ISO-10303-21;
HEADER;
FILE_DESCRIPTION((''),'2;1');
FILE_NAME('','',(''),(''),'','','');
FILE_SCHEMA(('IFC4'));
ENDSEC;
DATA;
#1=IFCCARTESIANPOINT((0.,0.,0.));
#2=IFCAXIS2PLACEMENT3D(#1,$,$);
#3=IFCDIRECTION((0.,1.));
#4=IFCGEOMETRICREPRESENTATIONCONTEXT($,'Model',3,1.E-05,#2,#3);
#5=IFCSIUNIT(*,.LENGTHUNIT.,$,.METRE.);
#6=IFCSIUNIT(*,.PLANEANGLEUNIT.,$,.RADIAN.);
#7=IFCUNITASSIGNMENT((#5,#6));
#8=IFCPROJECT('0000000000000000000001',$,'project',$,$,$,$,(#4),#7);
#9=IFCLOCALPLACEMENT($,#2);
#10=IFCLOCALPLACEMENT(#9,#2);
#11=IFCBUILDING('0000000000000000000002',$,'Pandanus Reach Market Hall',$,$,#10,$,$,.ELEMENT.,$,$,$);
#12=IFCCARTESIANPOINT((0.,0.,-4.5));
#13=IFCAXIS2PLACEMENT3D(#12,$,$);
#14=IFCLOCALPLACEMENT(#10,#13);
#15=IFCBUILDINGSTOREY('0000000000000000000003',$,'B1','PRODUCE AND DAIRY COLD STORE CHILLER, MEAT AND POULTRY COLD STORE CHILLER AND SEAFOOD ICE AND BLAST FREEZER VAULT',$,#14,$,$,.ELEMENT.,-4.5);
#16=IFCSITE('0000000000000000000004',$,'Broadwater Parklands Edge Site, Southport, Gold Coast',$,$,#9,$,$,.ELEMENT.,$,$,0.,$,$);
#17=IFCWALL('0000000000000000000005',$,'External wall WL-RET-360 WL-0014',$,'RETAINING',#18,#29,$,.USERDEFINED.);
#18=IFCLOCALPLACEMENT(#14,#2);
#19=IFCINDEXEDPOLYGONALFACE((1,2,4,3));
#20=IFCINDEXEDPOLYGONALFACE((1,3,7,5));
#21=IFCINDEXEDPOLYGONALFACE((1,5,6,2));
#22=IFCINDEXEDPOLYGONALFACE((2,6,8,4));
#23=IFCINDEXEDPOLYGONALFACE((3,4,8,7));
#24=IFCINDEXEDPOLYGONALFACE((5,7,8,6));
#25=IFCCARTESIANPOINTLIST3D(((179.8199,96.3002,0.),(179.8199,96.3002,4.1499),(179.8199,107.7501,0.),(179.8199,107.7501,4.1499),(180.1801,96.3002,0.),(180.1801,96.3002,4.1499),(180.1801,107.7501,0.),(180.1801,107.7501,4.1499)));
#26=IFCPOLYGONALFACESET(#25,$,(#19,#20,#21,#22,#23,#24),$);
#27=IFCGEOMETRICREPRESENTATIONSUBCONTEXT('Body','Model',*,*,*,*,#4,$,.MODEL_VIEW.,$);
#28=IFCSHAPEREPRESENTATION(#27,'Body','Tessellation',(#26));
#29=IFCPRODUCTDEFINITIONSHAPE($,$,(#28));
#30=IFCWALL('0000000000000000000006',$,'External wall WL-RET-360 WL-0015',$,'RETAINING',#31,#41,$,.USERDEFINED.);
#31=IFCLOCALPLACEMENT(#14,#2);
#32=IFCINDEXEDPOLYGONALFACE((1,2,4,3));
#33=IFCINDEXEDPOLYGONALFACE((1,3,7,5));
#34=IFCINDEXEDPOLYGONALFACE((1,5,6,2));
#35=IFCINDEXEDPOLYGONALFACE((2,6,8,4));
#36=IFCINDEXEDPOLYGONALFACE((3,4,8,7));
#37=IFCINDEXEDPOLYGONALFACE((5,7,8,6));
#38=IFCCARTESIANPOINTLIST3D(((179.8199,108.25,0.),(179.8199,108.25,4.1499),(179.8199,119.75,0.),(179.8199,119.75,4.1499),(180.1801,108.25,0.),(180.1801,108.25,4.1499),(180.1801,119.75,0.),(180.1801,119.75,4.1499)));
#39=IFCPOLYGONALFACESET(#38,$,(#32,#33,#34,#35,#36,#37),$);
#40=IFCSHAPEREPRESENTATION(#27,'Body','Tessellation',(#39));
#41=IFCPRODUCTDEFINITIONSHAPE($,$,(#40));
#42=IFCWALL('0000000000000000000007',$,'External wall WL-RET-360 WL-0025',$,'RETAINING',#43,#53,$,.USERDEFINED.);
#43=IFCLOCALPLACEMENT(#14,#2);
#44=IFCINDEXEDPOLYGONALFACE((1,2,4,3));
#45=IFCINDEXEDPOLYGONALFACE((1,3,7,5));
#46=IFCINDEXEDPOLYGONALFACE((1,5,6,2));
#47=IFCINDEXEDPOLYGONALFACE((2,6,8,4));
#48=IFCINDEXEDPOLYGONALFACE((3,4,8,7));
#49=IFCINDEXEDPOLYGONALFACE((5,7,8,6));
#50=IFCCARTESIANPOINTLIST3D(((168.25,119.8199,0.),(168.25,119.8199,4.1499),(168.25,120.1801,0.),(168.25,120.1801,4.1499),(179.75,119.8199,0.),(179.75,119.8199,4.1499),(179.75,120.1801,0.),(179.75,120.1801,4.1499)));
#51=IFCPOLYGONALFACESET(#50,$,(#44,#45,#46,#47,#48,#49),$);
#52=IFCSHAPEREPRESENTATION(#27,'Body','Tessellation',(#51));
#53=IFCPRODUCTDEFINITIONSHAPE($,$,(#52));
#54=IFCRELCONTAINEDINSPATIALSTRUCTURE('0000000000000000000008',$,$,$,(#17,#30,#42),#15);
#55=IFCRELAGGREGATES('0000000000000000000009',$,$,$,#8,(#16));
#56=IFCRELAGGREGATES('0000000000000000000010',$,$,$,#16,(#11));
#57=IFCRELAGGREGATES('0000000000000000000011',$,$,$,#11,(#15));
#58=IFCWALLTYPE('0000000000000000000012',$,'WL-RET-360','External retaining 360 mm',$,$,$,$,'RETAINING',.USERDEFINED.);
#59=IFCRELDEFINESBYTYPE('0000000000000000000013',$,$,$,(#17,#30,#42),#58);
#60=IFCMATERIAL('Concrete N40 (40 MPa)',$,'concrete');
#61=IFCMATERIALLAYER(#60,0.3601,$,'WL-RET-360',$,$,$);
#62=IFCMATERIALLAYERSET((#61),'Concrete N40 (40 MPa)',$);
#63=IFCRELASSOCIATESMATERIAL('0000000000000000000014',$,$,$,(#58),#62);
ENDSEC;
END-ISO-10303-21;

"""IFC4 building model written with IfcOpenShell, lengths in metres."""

from ifc_helpers import new_model, si_unit, direction, frame, frame_2d, origin, place, context, subcontext, project, spatial, rectangle, extrude, material, layer, layer_set, type_object, element, save


model = new_model("IFC4")

# Units and contexts
model_context = context("Model", 3, precision=1e-05, world=origin(), true_north=direction((0.0, 1.0)))
body_context = subcontext(model_context, "Body", "Model", "MODEL_VIEW")
ifc_project = project(units=[si_unit("LENGTHUNIT", "METRE"), si_unit("PLANEANGLEUNIT", "RADIAN")], contexts=[model_context])

# Site, building, storey
site_placement = place(None, origin())
site = spatial("IfcSite", under=ifc_project, at=site_placement, Name="Broadwater Parklands Edge Site, Southport, Gold Coast", CompositionType="ELEMENT", RefElevation=0.0)
building_placement = place(site_placement, origin())
building = spatial("IfcBuilding", under=site, at=building_placement, Name="Pandanus Reach Market Hall", CompositionType="ELEMENT")
storey_placement = place(building_placement, frame((0.0, 0.0, -4.5)))
storey = spatial("IfcBuildingStorey", under=building, at=storey_placement, Name="B1", Description="PRODUCE AND DAIRY COLD STORE CHILLER, MEAT AND POULTRY COLD STORE CHILLER AND SEAFOOD ICE AND BLAST FREEZER VAULT", CompositionType="ELEMENT", Elevation=-4.5)

# Shared definitions
ifc_material_1 = material(Name="Concrete N40 (40 MPa)", Category="concrete")

# Walls
ifc_layer = layer(ifc_material_1, 0.3601, Name="WL-RET-360")
ifc_layer_set = layer_set([ifc_layer], Name="Concrete N40 (40 MPa)")
wall_type = type_object("IfcWallType", Name="WL-RET-360", Description="External retaining 360 mm", ElementType="RETAINING", PredefinedType="USERDEFINED", material=ifc_layer_set)
wall_placement = place(storey_placement, frame((180.0, 96.3, 0.0), z_axis=(0.0, 0.0, 1.0), x_axis=(0.0, 1.0, 0.0)))
element("IfcWall", 1, at=wall_placement, inside=storey, type_object=wall_type, Name="External wall WL-RET-360 WL-0014", ObjectType="RETAINING", PredefinedType="USERDEFINED", context=body_context, shape_type="SweptSolid", body=[
    extrude(rectangle(XDim=11.45, YDim=0.3601, at=frame_2d((5.7251, 0.0))), origin(), (0.0, 0.0, 1.0), 4.1499),
])
for number, where, z_axis, x_axis, name in (
    (2, (180.0, 108.25, 0.0), (0.0, 0.0, 1.0), (0.0, 1.0, 0.0), "External wall WL-RET-360 WL-0015"),
    (3, (168.25, 120.0, 0.0), (0.0, 0.0, 1.0), (1.0, 0.0, 0.0), "External wall WL-RET-360 WL-0025"),
):
    element("IfcWall", number, at=place(storey_placement, frame(where, z_axis=z_axis, x_axis=x_axis)), inside=storey, type_object=wall_type, Name=name, ObjectType="RETAINING", PredefinedType="USERDEFINED", context=body_context, shape_type="SweptSolid", body=[
        extrude(rectangle(XDim=11.5, YDim=0.3601, at=frame_2d((5.75, 0.0))), origin(), (0.0, 0.0, 1.0), 4.1499),
    ])

save(model, "model.ifc")
